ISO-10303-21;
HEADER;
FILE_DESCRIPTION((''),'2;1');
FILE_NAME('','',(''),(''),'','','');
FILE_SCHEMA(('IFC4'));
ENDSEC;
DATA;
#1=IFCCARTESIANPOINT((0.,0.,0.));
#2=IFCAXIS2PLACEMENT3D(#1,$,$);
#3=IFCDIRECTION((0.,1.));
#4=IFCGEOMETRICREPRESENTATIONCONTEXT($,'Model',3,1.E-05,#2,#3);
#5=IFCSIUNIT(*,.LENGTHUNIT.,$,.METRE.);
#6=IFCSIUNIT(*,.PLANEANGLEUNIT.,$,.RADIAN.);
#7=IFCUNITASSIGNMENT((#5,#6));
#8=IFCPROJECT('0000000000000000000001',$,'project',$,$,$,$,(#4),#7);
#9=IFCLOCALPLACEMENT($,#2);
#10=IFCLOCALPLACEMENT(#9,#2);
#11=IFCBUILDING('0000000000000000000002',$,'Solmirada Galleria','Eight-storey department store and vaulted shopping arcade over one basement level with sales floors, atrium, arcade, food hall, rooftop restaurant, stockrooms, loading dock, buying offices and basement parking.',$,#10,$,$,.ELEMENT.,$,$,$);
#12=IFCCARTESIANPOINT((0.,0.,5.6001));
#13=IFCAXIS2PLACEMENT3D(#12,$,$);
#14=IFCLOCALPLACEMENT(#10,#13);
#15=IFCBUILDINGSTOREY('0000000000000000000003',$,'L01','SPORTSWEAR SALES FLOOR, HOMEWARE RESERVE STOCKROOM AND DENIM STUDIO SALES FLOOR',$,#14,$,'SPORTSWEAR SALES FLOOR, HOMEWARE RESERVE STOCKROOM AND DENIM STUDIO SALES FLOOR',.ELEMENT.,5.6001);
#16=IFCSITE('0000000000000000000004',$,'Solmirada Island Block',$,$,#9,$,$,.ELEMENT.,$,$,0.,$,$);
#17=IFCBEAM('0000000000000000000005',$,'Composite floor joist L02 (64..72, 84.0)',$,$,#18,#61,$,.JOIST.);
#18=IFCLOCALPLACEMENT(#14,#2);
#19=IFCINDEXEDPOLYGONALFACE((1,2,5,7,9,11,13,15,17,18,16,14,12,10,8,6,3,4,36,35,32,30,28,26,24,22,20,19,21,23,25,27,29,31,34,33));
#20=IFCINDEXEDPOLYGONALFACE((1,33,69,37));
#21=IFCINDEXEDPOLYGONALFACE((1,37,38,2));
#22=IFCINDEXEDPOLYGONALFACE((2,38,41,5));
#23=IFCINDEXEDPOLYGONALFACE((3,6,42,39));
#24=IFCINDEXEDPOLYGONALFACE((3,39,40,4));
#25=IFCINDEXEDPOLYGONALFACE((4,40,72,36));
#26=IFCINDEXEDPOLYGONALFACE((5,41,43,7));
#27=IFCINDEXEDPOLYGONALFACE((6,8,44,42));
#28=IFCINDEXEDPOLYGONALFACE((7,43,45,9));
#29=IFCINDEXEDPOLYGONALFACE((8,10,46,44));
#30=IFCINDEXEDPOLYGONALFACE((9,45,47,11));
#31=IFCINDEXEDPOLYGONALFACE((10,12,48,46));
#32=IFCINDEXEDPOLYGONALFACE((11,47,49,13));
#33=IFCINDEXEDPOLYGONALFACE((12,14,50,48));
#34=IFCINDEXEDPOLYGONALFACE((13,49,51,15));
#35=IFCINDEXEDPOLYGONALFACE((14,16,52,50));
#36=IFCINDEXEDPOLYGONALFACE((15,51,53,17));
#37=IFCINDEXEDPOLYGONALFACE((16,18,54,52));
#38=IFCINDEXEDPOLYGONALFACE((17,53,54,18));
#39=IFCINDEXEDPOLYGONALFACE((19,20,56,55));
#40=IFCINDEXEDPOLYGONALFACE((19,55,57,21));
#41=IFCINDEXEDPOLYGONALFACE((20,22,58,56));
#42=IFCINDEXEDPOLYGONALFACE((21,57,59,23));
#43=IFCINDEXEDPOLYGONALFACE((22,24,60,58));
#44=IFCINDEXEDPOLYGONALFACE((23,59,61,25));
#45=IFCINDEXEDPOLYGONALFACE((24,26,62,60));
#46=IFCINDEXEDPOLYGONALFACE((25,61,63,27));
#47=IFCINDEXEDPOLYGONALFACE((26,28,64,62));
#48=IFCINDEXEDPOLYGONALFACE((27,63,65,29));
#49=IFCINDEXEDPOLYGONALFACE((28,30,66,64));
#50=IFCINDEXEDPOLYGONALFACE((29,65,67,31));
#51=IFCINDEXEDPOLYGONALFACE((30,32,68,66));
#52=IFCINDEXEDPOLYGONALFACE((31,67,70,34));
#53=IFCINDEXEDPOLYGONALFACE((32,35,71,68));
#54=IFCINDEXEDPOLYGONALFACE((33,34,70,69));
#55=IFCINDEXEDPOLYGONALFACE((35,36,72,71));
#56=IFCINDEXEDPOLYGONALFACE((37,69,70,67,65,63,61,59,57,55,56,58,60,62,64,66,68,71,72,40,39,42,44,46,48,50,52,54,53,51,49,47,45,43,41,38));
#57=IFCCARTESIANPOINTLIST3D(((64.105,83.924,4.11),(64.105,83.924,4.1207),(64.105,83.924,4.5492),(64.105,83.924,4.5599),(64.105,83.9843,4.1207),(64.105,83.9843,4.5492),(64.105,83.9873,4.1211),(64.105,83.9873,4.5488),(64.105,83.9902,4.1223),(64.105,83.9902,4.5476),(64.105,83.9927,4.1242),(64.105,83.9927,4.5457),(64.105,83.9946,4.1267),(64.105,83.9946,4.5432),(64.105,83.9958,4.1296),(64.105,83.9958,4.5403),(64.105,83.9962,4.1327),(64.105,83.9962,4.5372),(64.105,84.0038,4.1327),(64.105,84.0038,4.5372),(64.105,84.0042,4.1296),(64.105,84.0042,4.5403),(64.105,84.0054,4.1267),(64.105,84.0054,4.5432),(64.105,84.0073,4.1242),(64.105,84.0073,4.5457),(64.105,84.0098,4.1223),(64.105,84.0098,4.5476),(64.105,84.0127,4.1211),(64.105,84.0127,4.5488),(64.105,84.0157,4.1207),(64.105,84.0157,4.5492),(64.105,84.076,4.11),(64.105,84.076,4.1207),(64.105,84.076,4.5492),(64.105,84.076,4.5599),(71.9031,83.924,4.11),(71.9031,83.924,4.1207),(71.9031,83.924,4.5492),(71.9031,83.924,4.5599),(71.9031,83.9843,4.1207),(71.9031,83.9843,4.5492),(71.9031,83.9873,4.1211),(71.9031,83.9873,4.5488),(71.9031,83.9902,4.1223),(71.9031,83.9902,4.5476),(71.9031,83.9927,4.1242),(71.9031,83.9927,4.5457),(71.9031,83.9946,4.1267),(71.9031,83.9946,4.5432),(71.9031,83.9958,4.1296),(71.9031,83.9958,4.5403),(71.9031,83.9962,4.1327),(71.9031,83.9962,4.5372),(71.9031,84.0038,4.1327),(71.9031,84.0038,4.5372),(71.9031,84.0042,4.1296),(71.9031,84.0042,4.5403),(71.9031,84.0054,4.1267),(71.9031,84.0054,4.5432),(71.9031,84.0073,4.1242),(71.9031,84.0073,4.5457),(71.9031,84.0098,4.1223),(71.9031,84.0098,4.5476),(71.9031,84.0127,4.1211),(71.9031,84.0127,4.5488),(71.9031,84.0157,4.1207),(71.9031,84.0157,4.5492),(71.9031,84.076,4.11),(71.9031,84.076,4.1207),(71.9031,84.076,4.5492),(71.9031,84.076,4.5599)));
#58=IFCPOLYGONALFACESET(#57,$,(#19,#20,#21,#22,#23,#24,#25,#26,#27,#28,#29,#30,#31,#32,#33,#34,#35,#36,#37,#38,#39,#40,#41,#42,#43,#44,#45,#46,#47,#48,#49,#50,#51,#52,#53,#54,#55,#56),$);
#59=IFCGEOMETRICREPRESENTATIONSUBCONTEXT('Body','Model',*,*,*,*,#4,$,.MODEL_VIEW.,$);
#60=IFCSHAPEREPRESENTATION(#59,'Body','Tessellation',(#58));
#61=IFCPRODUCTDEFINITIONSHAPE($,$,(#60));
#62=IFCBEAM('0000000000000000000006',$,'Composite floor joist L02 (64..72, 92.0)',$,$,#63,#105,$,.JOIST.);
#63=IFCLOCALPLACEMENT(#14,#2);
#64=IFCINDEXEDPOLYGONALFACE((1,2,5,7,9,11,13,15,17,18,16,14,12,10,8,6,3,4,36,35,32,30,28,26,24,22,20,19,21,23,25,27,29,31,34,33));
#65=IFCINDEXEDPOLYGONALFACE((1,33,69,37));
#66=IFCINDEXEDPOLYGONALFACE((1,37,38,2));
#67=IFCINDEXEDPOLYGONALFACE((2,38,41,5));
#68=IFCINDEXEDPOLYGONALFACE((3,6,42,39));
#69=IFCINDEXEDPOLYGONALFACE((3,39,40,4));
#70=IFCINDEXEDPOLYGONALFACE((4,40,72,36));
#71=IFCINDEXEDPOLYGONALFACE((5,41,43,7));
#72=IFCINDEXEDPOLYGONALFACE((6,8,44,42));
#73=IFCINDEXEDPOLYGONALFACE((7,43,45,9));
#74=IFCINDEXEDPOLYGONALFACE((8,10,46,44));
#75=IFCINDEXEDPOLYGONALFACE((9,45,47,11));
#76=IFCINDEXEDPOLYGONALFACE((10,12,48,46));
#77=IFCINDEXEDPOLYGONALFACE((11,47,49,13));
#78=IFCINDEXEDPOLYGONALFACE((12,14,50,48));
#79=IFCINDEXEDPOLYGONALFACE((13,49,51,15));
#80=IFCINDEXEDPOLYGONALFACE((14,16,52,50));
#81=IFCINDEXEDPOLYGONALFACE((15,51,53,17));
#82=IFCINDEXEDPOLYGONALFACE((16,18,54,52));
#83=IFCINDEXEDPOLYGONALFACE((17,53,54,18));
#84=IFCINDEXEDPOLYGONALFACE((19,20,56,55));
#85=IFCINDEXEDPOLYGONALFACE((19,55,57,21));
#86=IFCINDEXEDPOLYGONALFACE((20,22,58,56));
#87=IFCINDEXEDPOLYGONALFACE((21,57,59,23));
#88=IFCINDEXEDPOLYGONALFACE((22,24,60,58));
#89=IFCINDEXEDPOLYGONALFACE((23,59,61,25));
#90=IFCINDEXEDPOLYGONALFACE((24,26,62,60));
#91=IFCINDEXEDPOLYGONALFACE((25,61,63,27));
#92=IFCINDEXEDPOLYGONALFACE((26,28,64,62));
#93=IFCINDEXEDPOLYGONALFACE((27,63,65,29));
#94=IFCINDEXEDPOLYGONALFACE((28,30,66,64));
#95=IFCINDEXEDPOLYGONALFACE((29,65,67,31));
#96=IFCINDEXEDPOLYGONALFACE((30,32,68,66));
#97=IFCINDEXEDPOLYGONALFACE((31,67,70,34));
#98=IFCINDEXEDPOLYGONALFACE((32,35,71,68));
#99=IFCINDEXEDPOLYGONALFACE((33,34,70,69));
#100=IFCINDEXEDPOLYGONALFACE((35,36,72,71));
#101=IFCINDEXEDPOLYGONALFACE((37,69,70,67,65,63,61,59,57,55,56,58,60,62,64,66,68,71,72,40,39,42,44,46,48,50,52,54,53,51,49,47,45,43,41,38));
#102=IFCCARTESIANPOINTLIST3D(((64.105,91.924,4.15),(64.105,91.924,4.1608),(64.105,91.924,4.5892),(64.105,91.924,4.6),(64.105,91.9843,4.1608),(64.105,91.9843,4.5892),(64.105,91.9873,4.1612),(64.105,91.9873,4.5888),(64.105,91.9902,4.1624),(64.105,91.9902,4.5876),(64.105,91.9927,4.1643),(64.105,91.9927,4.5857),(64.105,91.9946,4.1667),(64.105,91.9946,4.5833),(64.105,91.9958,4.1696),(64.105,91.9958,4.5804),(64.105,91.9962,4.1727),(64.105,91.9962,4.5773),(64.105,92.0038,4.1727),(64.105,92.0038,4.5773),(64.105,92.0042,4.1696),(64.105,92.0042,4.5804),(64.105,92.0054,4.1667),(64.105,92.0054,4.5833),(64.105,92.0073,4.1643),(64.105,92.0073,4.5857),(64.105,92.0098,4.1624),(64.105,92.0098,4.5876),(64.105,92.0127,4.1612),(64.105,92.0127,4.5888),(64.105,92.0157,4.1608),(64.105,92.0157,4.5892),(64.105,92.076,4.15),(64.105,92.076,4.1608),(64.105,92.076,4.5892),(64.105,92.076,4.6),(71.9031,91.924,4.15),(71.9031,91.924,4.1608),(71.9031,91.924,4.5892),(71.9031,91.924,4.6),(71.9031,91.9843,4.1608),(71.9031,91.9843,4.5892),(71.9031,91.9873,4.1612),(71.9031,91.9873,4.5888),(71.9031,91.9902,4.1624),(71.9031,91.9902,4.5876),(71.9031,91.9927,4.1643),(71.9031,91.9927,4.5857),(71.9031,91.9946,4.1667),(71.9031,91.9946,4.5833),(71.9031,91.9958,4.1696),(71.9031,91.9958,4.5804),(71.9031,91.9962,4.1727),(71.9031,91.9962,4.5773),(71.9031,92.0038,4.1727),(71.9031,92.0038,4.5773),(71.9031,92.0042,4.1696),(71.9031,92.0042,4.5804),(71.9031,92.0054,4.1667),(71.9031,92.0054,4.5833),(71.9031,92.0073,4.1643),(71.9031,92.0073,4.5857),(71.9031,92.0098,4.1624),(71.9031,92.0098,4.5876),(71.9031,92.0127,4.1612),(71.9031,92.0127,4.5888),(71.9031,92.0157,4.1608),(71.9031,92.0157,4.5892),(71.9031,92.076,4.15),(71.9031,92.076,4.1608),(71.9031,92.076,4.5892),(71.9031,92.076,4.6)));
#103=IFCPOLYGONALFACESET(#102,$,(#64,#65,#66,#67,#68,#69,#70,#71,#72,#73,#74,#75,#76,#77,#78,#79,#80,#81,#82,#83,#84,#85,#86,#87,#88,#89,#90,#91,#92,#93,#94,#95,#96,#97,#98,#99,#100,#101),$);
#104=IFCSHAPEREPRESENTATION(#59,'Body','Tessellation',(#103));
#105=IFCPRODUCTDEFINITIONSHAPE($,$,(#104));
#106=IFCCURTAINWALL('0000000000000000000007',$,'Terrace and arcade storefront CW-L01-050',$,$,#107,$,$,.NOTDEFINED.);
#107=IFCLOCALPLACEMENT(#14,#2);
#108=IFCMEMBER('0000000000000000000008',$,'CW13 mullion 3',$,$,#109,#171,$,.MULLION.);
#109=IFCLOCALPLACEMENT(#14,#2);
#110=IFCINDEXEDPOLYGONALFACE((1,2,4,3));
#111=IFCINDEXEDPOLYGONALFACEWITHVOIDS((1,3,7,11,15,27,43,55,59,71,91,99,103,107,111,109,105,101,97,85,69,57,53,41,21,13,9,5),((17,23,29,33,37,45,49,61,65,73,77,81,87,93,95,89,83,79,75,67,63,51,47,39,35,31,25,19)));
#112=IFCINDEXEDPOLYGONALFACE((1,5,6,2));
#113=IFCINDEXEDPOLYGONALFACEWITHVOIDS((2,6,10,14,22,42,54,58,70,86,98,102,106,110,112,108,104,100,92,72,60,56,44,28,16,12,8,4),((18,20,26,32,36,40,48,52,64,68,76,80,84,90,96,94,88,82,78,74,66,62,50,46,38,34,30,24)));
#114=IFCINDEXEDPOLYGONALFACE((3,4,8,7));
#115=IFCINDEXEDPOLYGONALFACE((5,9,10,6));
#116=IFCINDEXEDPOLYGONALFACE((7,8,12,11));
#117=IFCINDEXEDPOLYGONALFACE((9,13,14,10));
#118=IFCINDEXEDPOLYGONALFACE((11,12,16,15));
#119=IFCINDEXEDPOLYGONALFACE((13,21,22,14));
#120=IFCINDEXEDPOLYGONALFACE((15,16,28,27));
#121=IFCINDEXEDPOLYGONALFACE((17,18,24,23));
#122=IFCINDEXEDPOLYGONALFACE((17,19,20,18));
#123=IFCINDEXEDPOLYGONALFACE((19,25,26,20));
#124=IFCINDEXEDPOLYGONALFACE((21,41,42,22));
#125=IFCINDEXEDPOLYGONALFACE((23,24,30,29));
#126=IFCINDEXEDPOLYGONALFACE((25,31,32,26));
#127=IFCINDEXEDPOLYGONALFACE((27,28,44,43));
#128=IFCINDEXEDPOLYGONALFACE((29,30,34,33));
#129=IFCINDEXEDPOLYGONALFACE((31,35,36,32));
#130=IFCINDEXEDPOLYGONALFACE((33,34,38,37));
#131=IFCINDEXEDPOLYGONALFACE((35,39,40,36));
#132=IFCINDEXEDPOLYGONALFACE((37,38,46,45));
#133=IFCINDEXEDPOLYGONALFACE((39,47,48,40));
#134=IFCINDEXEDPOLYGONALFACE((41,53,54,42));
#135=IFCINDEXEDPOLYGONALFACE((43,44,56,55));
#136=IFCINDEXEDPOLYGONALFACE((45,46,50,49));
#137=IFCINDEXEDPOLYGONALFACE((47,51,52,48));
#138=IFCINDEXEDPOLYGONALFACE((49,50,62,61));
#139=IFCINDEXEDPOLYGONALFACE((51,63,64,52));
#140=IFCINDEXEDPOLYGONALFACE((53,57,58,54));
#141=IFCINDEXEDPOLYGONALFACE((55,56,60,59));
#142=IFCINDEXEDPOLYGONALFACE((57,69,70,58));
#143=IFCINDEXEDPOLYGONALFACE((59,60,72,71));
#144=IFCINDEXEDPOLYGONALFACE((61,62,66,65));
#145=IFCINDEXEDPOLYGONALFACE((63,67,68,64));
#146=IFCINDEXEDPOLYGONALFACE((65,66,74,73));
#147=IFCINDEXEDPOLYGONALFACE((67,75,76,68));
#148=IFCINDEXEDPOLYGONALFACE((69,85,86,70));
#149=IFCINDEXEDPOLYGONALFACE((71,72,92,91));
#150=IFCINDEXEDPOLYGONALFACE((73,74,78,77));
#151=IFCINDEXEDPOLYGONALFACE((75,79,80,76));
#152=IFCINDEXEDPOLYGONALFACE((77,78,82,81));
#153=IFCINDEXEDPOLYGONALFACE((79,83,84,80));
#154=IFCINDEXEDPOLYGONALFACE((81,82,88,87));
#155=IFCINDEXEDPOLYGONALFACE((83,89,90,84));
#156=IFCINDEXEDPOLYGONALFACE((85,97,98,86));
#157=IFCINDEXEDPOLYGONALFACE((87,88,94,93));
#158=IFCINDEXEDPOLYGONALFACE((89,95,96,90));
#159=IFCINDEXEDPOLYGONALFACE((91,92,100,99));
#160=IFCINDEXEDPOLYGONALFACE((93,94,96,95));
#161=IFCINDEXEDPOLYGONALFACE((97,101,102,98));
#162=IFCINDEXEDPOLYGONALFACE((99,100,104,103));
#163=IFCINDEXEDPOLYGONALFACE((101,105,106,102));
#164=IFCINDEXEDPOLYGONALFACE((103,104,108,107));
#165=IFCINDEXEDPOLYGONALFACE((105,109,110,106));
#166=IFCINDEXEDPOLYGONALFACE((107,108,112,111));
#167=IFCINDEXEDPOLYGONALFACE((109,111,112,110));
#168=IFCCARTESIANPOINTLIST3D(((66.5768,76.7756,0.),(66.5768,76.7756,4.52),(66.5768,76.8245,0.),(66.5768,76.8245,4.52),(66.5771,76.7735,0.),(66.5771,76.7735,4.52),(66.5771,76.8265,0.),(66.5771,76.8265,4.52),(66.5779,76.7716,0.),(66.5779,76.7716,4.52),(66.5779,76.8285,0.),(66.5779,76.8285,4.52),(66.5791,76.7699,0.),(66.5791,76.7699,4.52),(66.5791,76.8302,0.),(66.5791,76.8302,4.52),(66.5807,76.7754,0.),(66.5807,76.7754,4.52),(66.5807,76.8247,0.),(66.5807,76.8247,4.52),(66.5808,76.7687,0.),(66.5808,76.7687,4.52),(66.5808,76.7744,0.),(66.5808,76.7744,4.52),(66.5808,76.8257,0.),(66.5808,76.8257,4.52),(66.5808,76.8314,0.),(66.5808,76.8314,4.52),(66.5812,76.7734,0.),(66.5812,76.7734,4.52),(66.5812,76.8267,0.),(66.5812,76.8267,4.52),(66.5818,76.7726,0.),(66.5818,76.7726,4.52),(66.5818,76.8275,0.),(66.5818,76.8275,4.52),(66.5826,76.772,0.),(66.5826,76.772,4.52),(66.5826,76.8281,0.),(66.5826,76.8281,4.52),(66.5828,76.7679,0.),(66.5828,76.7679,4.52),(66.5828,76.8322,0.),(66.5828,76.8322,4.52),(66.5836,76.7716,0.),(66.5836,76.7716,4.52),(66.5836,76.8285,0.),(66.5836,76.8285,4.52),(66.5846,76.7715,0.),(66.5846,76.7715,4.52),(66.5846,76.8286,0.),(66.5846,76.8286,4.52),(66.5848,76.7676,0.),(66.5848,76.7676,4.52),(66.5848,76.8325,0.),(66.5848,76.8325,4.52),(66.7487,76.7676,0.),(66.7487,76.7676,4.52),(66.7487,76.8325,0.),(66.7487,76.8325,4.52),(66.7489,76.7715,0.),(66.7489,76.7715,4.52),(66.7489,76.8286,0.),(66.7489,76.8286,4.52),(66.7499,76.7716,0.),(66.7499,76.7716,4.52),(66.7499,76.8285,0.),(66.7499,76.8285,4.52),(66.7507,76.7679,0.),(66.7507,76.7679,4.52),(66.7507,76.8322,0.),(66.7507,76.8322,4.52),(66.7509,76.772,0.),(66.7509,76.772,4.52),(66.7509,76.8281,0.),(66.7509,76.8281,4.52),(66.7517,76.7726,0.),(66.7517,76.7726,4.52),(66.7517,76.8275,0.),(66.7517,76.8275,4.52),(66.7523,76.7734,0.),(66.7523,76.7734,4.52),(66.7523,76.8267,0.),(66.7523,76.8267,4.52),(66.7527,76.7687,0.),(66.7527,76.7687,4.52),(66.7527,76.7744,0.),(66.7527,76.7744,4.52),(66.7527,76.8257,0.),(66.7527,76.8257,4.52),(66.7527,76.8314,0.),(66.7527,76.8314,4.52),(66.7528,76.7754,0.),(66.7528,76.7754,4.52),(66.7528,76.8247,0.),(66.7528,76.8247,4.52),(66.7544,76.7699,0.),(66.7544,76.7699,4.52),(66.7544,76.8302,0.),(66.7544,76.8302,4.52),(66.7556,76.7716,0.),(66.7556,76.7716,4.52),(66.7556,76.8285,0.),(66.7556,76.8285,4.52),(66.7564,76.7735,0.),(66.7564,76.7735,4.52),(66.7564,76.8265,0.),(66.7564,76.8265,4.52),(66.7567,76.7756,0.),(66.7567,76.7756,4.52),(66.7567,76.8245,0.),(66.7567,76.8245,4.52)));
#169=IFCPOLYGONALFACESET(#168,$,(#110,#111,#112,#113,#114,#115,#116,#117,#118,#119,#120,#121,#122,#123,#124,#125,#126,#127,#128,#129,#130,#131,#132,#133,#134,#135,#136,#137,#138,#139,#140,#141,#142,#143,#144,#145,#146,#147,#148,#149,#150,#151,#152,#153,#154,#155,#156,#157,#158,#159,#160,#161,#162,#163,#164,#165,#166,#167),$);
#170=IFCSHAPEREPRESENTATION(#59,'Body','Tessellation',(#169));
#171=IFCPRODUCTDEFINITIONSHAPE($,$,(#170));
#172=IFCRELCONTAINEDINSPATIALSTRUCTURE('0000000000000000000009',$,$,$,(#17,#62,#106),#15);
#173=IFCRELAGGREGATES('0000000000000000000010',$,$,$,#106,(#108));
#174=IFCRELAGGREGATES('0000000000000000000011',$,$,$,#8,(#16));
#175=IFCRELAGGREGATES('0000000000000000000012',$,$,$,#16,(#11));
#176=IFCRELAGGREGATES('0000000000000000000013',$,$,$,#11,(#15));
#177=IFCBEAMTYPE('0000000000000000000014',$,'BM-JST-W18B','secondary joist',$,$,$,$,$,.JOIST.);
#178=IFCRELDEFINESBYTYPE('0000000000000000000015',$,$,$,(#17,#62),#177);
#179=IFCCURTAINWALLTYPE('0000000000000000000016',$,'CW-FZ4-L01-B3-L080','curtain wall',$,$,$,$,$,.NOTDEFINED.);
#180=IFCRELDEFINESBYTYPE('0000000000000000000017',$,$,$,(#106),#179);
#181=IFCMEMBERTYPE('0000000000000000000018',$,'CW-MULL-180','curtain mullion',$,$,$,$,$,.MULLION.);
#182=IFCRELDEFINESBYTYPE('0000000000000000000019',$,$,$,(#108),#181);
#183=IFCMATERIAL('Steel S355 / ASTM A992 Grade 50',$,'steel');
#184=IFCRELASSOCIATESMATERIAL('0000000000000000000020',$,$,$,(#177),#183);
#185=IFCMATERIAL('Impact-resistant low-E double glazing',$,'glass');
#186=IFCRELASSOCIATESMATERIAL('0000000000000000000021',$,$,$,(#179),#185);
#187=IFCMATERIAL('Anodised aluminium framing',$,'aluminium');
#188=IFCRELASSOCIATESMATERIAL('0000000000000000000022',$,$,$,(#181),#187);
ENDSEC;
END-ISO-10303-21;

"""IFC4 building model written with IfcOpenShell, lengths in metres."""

from ifc_helpers import new_model, si_unit, direction, frame, origin, origin_2d, place, context, subcontext, project, spatial, hollow_rectangle, i_section, extrude, material, material_profile, profile_set, type_object, element, aggregate, save


model = new_model("IFC4")

# Units and contexts
model_context = context("Model", 3, precision=1e-05, world=origin(), true_north=direction((0.0, 1.0)))
body_context = subcontext(model_context, "Body", "Model", "MODEL_VIEW")
ifc_project = project(units=[si_unit("LENGTHUNIT", "METRE"), si_unit("PLANEANGLEUNIT", "RADIAN")], contexts=[model_context])

# Site, building, storey
site_placement = place(None, origin())
site = spatial("IfcSite", under=ifc_project, at=site_placement, Name="Solmirada Island Block", CompositionType="ELEMENT", RefElevation=0.0)
building_placement = place(site_placement, origin())
building = spatial("IfcBuilding", under=site, at=building_placement, Name="Solmirada Galleria", Description="Eight-storey department store and vaulted shopping arcade over one basement level with sales floors, atrium, arcade, food hall, rooftop restaurant, stockrooms, loading dock, buying offices and basement parking.", CompositionType="ELEMENT")
storey_placement = place(building_placement, frame((0.0, 0.0, 5.6001)))
storey = spatial("IfcBuildingStorey", under=building, at=storey_placement, Name="L01", Description="SPORTSWEAR SALES FLOOR, HOMEWARE RESERVE STOCKROOM AND DENIM STUDIO SALES FLOOR", LongName="SPORTSWEAR SALES FLOOR, HOMEWARE RESERVE STOCKROOM AND DENIM STUDIO SALES FLOOR", CompositionType="ELEMENT", Elevation=5.6001)

# Beams
ifc_material_1 = material(Name="Steel S355 / ASTM A992 Grade 50", Category="steel")
ifc_material_profile_1 = material_profile(ifc_material_1, i_section(OverallWidth=0.1521, OverallDepth=0.45, WebThickness=0.0076, FlangeThickness=0.0107, FilletRadius=0.012, at=origin_2d()), Name="W18X35")
ifc_profile_set_1 = profile_set([ifc_material_profile_1], Name="Steel S355 / ASTM A992 Grade 50")
beam_type_1 = type_object("IfcBeamType", Name="BM-JST-W18B", Description="secondary joist", PredefinedType="JOIST", material=ifc_profile_set_1)
for number, where, z_axis, x_axis, name in (
    (1, (64.105, 84.0, 4.335), (1.0, 0.0, 0.0), (0.0, 1.0, 0.0), "Composite floor joist L02 (64..72, 84.0)"),
    (2, (64.105, 92.0, 4.375), (1.0, 0.0, 0.0), (0.0, 1.0, 0.0), "Composite floor joist L02 (64..72, 92.0)"),
):
    element("IfcBeam", number, at=place(storey_placement, frame(where, z_axis=z_axis, x_axis=x_axis)), inside=storey, type_object=beam_type_1, Name=name, PredefinedType="JOIST", context=body_context, shape_type="SweptSolid", body=[
        extrude(i_section(OverallWidth=0.1521, OverallDepth=0.45, WebThickness=0.0076, FlangeThickness=0.0107, FilletRadius=0.012, at=origin_2d()), origin(), (0.0, 0.0, 1.0), 7.7981),
    ])

# Curtain wall, member
ifc_material_2 = material(Name="Impact-resistant low-E double glazing", Category="glass")
curtain_wall_type = type_object("IfcCurtainWallType", Name="CW-FZ4-L01-B3-L080", Description="curtain wall", PredefinedType="NOTDEFINED", material=ifc_material_2)
curtain_wall_placement = place(storey_placement, origin())
curtain_wall = element("IfcCurtainWall", 3, at=curtain_wall_placement, inside=storey, type_object=curtain_wall_type, Name="Terrace and arcade storefront CW-L01-050", PredefinedType="NOTDEFINED")
ifc_material_3 = material(Name="Anodised aluminium framing", Category="aluminium")
ifc_material_profile_2 = material_profile(ifc_material_3, hollow_rectangle(XDim=0.0649, YDim=0.1799, WallThickness=0.0039, InnerFilletRadius=0.0039, OuterFilletRadius=0.0081, at=origin_2d()), Name="ALU-MULL-180X65")
ifc_profile_set_2 = profile_set([ifc_material_profile_2], Name="Anodised aluminium framing")
member_type_1 = type_object("IfcMemberType", Name="CW-MULL-180", Description="curtain mullion", PredefinedType="MULLION", material=ifc_profile_set_2)
member_1_placement = place(storey_placement, frame((66.6667, 76.8, 0.0), z_axis=(0.0, 0.0, 1.0), x_axis=(0.0, -1.0, 0.0)))
member_1 = element("IfcMember", 4, at=member_1_placement, type_object=member_type_1, Name="CW13 mullion 3", PredefinedType="MULLION", context=body_context, shape_type="SweptSolid", body=[
    extrude(hollow_rectangle(XDim=0.0649, YDim=0.1799, WallThickness=0.0039, InnerFilletRadius=0.0039, OuterFilletRadius=0.0081, at=origin_2d()), origin(), (0.0, 0.0, 1.0), 4.52),
])
aggregate(curtain_wall, [member_1])

save(model, "model.ifc")
